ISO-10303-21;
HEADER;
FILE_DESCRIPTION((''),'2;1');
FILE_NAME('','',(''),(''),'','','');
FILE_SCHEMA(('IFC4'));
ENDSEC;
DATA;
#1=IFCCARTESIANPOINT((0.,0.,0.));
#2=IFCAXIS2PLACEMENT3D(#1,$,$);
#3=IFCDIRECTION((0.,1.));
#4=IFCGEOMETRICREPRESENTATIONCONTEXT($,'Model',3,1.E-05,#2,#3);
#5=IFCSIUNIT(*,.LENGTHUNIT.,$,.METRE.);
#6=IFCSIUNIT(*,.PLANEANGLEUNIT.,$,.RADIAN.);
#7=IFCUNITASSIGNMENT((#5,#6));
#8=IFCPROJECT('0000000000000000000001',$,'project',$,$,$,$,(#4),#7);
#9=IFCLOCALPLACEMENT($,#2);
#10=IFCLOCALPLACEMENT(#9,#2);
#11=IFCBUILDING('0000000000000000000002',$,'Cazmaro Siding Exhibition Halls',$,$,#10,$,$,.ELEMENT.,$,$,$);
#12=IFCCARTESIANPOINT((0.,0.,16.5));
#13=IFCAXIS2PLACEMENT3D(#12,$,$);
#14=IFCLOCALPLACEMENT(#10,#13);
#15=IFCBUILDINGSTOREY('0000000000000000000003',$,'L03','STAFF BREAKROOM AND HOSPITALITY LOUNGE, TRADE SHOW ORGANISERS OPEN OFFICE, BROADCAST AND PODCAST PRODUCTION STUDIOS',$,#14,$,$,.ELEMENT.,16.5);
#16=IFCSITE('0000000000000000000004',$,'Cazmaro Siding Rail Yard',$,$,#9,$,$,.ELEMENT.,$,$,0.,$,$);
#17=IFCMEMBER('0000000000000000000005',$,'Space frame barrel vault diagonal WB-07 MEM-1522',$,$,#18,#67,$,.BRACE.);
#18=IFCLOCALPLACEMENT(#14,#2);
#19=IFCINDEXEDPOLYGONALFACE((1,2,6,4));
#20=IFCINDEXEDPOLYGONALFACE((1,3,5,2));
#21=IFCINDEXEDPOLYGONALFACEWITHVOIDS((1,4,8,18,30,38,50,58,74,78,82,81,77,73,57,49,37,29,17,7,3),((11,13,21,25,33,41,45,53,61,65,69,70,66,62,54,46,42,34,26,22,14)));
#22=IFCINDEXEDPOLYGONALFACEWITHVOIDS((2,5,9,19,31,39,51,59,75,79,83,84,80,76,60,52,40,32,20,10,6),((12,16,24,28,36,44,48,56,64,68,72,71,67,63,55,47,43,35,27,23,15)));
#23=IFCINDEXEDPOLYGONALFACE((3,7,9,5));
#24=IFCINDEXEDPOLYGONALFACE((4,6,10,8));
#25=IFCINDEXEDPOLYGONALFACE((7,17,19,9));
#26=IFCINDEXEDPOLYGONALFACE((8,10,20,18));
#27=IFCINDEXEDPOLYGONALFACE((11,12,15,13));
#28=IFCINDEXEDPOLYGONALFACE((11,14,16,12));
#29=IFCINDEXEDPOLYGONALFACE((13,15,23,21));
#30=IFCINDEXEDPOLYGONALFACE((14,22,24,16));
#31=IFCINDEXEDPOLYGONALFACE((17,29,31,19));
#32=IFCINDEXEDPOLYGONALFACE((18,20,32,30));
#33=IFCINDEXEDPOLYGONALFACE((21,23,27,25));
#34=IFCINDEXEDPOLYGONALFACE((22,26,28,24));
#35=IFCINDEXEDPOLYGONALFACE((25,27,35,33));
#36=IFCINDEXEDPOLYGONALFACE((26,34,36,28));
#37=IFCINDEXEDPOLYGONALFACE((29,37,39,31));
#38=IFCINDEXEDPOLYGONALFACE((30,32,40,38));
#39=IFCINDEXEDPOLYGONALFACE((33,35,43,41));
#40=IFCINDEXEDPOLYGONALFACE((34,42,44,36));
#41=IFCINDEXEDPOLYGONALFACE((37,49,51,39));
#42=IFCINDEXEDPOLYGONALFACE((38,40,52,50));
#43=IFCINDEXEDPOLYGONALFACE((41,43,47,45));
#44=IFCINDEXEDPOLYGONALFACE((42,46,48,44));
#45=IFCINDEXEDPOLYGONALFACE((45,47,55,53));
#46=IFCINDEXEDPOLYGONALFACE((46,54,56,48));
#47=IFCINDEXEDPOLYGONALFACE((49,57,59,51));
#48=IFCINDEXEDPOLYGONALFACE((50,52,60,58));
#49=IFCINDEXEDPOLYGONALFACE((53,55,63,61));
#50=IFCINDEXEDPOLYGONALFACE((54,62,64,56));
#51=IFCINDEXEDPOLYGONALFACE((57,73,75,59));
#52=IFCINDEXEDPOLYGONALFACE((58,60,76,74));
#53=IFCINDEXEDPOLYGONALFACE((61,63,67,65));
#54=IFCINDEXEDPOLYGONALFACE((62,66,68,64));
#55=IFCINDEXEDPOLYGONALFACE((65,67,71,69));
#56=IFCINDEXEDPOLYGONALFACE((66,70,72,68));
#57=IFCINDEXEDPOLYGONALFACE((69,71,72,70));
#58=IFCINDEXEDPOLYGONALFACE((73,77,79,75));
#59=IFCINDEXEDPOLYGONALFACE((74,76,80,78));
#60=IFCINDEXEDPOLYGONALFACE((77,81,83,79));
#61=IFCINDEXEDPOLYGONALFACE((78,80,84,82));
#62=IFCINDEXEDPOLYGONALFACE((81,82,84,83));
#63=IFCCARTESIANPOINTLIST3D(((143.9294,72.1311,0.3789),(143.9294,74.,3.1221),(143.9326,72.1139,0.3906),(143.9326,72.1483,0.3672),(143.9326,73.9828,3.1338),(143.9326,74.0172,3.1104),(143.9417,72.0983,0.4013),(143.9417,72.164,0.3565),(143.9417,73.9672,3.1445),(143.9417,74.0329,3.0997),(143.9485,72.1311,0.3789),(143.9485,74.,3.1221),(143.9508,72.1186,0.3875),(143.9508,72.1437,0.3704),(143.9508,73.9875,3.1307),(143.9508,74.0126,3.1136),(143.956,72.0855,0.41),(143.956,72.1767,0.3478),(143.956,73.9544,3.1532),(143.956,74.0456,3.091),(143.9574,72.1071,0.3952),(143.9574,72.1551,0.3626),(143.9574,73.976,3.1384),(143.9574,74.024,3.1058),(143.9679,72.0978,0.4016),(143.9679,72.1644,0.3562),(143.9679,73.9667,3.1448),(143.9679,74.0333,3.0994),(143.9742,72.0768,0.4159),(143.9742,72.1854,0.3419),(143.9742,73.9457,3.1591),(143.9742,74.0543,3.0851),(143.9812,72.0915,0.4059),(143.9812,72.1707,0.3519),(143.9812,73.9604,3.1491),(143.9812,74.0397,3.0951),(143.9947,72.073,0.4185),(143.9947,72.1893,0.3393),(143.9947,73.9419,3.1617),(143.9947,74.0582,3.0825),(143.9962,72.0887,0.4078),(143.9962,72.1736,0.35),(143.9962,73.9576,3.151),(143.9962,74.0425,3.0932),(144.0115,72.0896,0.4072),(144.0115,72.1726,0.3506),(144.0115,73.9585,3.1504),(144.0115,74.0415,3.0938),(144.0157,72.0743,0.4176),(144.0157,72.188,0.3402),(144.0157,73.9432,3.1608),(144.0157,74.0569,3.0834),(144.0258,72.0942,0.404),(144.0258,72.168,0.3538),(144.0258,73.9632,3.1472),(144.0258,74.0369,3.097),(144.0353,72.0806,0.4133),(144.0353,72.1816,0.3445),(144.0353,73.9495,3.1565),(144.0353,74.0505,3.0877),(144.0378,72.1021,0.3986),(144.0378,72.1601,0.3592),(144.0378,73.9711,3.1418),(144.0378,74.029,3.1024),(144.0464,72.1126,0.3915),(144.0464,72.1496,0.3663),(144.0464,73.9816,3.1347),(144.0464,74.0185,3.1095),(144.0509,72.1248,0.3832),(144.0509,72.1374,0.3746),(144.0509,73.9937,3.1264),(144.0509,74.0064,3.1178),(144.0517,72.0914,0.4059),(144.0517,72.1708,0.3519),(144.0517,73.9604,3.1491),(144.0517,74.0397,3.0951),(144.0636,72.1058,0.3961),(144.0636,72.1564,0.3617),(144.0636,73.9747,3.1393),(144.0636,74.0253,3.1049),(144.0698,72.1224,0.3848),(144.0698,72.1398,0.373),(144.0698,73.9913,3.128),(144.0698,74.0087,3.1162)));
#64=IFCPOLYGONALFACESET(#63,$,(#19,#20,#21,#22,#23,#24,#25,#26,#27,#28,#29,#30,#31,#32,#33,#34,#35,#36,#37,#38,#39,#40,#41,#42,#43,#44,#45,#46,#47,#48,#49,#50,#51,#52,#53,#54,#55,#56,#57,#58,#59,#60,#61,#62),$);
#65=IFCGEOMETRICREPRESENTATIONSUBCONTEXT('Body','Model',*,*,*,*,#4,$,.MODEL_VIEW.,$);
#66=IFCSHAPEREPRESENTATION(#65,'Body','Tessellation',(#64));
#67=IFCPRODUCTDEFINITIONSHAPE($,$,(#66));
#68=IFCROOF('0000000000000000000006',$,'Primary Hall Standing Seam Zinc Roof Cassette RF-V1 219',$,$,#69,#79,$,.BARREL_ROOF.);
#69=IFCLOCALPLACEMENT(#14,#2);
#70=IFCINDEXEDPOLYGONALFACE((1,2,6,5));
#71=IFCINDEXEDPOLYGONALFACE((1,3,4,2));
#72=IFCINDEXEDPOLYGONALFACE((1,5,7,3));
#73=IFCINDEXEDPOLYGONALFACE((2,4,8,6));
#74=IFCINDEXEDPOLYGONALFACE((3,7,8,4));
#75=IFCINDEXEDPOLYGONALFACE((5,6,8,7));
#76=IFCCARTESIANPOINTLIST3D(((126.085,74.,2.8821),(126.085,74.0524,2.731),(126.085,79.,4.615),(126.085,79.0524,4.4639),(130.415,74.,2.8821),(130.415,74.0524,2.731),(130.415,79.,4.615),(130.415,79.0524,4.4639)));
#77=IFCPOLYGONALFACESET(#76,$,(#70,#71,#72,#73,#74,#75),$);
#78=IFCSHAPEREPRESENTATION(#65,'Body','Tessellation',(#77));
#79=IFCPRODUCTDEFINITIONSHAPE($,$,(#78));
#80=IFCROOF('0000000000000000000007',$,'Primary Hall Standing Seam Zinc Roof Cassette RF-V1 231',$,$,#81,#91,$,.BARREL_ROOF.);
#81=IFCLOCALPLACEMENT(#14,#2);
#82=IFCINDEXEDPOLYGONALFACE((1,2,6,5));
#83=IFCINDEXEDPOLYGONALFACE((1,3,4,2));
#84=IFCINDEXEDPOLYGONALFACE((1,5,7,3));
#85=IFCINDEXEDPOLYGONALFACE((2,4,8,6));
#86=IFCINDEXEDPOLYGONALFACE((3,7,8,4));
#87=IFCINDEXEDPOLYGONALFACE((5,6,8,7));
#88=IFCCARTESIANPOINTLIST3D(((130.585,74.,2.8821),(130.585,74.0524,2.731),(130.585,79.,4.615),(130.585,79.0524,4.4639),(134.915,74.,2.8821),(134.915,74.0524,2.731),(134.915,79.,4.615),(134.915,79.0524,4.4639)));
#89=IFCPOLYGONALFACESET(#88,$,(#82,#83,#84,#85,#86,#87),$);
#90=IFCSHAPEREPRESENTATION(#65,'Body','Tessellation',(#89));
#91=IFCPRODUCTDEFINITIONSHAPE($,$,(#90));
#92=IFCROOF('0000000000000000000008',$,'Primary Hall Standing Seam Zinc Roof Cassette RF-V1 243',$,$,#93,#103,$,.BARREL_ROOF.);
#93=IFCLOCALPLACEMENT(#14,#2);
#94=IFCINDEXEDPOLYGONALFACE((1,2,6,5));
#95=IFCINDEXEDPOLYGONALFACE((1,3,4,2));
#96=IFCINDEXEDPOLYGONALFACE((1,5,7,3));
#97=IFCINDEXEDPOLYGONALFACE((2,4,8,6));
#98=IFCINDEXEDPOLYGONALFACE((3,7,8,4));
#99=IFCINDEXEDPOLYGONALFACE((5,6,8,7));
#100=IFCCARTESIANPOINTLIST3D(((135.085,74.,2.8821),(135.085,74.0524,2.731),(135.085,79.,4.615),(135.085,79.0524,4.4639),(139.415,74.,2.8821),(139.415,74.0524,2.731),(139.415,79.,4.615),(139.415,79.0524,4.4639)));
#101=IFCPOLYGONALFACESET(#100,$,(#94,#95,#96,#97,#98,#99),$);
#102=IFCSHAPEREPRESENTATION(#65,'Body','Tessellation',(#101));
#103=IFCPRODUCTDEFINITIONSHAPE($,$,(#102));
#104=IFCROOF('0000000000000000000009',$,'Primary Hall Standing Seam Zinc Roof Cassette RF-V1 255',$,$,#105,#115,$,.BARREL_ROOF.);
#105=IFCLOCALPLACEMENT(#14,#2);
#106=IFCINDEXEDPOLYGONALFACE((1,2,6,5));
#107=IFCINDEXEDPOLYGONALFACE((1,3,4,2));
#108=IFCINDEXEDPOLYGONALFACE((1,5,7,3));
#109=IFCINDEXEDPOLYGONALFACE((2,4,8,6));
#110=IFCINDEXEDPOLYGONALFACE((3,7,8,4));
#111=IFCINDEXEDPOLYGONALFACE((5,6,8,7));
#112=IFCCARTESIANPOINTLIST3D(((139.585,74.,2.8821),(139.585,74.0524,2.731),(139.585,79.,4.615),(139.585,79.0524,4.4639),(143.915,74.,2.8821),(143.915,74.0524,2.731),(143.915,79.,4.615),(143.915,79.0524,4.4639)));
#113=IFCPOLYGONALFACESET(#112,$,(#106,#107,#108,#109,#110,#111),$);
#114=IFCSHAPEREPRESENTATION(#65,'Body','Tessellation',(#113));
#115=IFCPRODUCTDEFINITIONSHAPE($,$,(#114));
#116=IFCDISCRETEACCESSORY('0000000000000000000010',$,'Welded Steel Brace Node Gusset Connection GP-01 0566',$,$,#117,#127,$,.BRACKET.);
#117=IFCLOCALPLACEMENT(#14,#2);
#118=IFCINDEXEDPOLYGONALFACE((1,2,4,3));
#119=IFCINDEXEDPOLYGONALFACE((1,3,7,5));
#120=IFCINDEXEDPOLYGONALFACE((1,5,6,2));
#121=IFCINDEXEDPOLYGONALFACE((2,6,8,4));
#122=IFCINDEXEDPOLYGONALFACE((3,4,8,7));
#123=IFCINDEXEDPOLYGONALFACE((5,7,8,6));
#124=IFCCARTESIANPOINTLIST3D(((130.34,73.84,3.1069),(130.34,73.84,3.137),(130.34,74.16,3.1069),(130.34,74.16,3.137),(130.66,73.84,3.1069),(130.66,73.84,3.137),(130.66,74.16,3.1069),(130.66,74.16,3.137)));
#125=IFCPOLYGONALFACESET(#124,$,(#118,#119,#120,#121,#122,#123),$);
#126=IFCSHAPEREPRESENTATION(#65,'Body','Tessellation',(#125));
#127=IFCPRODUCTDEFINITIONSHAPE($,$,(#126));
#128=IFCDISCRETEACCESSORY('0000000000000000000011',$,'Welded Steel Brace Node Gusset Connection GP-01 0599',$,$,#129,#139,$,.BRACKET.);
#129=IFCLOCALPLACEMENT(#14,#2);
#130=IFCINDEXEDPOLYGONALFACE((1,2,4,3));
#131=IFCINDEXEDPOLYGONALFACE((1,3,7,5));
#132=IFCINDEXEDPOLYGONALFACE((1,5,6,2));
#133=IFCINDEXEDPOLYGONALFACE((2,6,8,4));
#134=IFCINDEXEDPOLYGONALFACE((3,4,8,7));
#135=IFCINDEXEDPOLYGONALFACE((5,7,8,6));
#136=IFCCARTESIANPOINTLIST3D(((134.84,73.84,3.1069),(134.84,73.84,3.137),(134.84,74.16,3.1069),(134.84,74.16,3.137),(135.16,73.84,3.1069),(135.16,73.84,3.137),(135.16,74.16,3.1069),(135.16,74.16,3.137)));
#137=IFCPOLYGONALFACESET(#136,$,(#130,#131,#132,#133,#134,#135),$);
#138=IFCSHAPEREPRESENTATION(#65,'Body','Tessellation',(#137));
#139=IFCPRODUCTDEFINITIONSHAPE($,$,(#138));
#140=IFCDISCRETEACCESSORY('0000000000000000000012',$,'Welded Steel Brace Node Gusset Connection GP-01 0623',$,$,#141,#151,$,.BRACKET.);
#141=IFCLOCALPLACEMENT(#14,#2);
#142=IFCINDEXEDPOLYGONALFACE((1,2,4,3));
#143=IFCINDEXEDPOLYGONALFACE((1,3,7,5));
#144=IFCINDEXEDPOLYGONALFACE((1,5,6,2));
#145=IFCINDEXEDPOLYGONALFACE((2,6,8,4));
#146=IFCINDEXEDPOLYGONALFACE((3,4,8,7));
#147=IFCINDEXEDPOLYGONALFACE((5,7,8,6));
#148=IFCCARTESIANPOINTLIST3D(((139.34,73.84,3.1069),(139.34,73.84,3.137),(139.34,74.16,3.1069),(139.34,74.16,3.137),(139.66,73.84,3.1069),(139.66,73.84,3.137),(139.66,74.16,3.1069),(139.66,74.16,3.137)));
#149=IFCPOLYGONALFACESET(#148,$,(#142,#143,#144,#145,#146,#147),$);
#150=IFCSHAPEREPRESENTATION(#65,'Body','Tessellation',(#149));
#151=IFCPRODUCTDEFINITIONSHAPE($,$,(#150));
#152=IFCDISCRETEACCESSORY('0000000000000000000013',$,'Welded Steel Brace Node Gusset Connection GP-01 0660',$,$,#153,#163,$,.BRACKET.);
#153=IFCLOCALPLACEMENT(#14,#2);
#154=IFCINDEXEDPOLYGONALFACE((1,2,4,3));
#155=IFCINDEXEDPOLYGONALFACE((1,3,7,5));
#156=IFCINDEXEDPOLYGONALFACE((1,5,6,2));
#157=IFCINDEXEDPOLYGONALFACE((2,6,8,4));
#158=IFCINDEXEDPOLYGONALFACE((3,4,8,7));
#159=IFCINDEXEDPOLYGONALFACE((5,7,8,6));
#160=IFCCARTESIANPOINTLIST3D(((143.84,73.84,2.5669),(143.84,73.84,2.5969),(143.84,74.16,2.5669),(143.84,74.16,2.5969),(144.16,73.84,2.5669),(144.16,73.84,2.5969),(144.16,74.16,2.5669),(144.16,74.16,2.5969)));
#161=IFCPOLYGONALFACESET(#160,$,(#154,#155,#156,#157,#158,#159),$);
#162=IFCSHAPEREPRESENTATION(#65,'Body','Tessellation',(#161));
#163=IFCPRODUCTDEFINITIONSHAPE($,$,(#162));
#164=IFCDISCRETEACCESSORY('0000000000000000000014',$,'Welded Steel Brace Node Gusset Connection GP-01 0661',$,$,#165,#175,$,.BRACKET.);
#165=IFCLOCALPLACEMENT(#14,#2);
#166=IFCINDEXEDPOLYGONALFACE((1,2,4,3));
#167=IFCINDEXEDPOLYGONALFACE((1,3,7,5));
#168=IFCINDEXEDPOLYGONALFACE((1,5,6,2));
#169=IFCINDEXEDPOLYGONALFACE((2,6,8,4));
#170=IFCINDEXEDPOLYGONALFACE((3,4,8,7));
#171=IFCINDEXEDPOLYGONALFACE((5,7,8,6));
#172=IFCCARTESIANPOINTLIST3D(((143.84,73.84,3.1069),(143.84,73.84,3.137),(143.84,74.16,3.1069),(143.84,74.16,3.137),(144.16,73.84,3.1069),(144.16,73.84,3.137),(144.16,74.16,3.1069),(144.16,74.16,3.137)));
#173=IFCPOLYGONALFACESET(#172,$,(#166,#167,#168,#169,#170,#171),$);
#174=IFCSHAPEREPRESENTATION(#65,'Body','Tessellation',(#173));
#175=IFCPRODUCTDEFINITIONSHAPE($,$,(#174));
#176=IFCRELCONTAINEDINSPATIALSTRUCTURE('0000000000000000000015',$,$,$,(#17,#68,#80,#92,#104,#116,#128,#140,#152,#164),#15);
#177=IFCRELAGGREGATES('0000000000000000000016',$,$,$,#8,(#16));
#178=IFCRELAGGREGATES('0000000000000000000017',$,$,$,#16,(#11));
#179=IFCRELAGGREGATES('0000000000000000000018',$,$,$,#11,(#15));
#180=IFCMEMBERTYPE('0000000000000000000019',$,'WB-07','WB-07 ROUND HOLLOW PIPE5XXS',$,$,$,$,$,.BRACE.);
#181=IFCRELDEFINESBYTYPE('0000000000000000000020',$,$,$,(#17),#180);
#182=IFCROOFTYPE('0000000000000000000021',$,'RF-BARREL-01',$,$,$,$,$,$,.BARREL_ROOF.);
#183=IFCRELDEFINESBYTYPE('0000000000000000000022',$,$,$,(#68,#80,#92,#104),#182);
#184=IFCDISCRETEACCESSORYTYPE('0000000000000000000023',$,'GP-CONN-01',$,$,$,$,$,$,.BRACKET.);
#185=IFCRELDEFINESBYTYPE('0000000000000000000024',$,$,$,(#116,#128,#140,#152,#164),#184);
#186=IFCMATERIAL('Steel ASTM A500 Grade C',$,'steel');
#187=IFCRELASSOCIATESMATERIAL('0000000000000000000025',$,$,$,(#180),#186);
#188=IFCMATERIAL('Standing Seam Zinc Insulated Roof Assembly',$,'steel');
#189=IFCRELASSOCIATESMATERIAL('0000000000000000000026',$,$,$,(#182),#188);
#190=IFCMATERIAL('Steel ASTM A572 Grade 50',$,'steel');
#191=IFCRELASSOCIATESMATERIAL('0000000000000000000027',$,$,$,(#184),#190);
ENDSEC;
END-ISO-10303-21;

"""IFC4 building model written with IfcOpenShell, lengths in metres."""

from ifc_helpers import new_model, si_unit, direction, frame, origin, origin_2d, place, context, subcontext, project, spatial, polyline, rectangle, hollow_circle, outline, extrude, material, material_profile, profile_set, type_object, element, save


model = new_model("IFC4")

# Units and contexts
model_context = context("Model", 3, precision=1e-05, world=origin(), true_north=direction((0.0, 1.0)))
body_context = subcontext(model_context, "Body", "Model", "MODEL_VIEW")
ifc_project = project(units=[si_unit("LENGTHUNIT", "METRE"), si_unit("PLANEANGLEUNIT", "RADIAN")], contexts=[model_context])

# Site, building, storey
site_placement = place(None, origin())
site = spatial("IfcSite", under=ifc_project, at=site_placement, Name="Cazmaro Siding Rail Yard", CompositionType="ELEMENT", RefElevation=0.0)
building_placement = place(site_placement, origin())
building = spatial("IfcBuilding", under=site, at=building_placement, Name="Cazmaro Siding Exhibition Halls", CompositionType="ELEMENT")
storey_placement = place(building_placement, frame((0.0, 0.0, 16.5)))
storey = spatial("IfcBuildingStorey", under=building, at=storey_placement, Name="L03", Description="STAFF BREAKROOM AND HOSPITALITY LOUNGE, TRADE SHOW ORGANISERS OPEN OFFICE, BROADCAST AND PODCAST PRODUCTION STUDIOS", CompositionType="ELEMENT", Elevation=16.5)

# Member
ifc_material_1 = material(Name="Steel ASTM A500 Grade C", Category="steel")
ifc_material_profile_1 = material_profile(ifc_material_1, hollow_circle(Radius=0.0706, WallThickness=0.019, at=origin_2d()), Name="PIPE5XXS")
ifc_profile_set_1 = profile_set([ifc_material_profile_1], Name="Steel ASTM A500 Grade C")
member_type_1 = type_object("IfcMemberType", Name="WB-07", Description="WB-07 ROUND HOLLOW PIPE5XXS", PredefinedType="BRACE", material=ifc_profile_set_1)
for number, where, z_axis, x_axis, name in (
    (1, (144.0, 72.1311, 0.3789), (0.0, 0.56304, 0.82643), (-1.0, 0.0, 0.0), "Space frame barrel vault diagonal WB-07 MEM-1522"),
):
    element("IfcMember", number, at=place(storey_placement, frame(where, z_axis=z_axis, x_axis=x_axis)), inside=storey, type_object=member_type_1, Name=name, PredefinedType="BRACE", context=body_context, shape_type="SweptSolid", body=[
        extrude(hollow_circle(Radius=0.0706, WallThickness=0.019, at=origin_2d()), origin(), (0.0, 0.0, 1.0), 3.3193),
    ])

# Roofs
ifc_material_2 = material(Name="Standing Seam Zinc Insulated Roof Assembly", Category="steel")
roof_type = type_object("IfcRoofType", Name="RF-BARREL-01", PredefinedType="BARREL_ROOF", material=ifc_material_2)
for number, where, z_axis, x_axis, name in (
    (2, (126.085, 74.0, 2.8821), (0.0, -0.327472, 0.944861), (1.0, 0.0, 0.0), "Primary Hall Standing Seam Zinc Roof Cassette RF-V1 219"),
    (3, (130.585, 74.0, 2.8821), (0.0, -0.327472, 0.944861), (1.0, 0.0, 0.0), "Primary Hall Standing Seam Zinc Roof Cassette RF-V1 231"),
    (4, (135.085, 74.0, 2.8821), (0.0, -0.327472, 0.944861), (1.0, 0.0, 0.0), "Primary Hall Standing Seam Zinc Roof Cassette RF-V1 243"),
    (5, (139.585, 74.0, 2.8821), (0.0, -0.327472, 0.944861), (1.0, 0.0, 0.0), "Primary Hall Standing Seam Zinc Roof Cassette RF-V1 255"),
):
    element("IfcRoof", number, at=place(storey_placement, frame(where, z_axis=z_axis, x_axis=x_axis)), inside=storey, type_object=roof_type, Name=name, PredefinedType="BARREL_ROOF", context=body_context, shape_type="SweptSolid", body=[
        extrude(outline(polyline([(0.0, 0.0), (4.3301, 0.0), (4.3301, 5.2918), (0.0, 5.2918), (0.0, 0.0)])), origin(), (0.0, 0.0, -1.0), 0.1599),
    ])

# Discrete accessories
ifc_material_3 = material(Name="Steel ASTM A572 Grade 50", Category="steel")
discrete_accessory_type = type_object("IfcDiscreteAccessoryType", Name="GP-CONN-01", PredefinedType="BRACKET", material=ifc_material_3)
for number, where, z_axis, x_axis, name in (
    (6, (130.5, 74.0, 3.1069), (0.0, 0.0, 1.0), (1.0, 0.0, 0.0), "Welded Steel Brace Node Gusset Connection GP-01 0566"),
    (7, (135.0, 74.0, 3.1069), (0.0, 0.0, 1.0), (1.0, 0.0, 0.0), "Welded Steel Brace Node Gusset Connection GP-01 0599"),
    (8, (139.5, 74.0, 3.1069), (0.0, 0.0, 1.0), (1.0, 0.0, 0.0), "Welded Steel Brace Node Gusset Connection GP-01 0623"),
    (9, (144.0, 74.0, 2.5669), (0.0, 0.0, 1.0), (1.0, 0.0, 0.0), "Welded Steel Brace Node Gusset Connection GP-01 0660"),
    (10, (144.0, 74.0, 3.1069), (0.0, 0.0, 1.0), (1.0, 0.0, 0.0), "Welded Steel Brace Node Gusset Connection GP-01 0661"),
):
    element("IfcDiscreteAccessory", number, at=place(storey_placement, frame(where, z_axis=z_axis, x_axis=x_axis)), inside=storey, type_object=discrete_accessory_type, Name=name, PredefinedType="BRACKET", context=body_context, shape_type="SweptSolid", body=[
        extrude(rectangle(XDim=0.3201, YDim=0.3201, at=origin_2d()), origin(), (0.0, 0.0, 1.0), 0.03),
    ])

save(model, "model.ifc")
